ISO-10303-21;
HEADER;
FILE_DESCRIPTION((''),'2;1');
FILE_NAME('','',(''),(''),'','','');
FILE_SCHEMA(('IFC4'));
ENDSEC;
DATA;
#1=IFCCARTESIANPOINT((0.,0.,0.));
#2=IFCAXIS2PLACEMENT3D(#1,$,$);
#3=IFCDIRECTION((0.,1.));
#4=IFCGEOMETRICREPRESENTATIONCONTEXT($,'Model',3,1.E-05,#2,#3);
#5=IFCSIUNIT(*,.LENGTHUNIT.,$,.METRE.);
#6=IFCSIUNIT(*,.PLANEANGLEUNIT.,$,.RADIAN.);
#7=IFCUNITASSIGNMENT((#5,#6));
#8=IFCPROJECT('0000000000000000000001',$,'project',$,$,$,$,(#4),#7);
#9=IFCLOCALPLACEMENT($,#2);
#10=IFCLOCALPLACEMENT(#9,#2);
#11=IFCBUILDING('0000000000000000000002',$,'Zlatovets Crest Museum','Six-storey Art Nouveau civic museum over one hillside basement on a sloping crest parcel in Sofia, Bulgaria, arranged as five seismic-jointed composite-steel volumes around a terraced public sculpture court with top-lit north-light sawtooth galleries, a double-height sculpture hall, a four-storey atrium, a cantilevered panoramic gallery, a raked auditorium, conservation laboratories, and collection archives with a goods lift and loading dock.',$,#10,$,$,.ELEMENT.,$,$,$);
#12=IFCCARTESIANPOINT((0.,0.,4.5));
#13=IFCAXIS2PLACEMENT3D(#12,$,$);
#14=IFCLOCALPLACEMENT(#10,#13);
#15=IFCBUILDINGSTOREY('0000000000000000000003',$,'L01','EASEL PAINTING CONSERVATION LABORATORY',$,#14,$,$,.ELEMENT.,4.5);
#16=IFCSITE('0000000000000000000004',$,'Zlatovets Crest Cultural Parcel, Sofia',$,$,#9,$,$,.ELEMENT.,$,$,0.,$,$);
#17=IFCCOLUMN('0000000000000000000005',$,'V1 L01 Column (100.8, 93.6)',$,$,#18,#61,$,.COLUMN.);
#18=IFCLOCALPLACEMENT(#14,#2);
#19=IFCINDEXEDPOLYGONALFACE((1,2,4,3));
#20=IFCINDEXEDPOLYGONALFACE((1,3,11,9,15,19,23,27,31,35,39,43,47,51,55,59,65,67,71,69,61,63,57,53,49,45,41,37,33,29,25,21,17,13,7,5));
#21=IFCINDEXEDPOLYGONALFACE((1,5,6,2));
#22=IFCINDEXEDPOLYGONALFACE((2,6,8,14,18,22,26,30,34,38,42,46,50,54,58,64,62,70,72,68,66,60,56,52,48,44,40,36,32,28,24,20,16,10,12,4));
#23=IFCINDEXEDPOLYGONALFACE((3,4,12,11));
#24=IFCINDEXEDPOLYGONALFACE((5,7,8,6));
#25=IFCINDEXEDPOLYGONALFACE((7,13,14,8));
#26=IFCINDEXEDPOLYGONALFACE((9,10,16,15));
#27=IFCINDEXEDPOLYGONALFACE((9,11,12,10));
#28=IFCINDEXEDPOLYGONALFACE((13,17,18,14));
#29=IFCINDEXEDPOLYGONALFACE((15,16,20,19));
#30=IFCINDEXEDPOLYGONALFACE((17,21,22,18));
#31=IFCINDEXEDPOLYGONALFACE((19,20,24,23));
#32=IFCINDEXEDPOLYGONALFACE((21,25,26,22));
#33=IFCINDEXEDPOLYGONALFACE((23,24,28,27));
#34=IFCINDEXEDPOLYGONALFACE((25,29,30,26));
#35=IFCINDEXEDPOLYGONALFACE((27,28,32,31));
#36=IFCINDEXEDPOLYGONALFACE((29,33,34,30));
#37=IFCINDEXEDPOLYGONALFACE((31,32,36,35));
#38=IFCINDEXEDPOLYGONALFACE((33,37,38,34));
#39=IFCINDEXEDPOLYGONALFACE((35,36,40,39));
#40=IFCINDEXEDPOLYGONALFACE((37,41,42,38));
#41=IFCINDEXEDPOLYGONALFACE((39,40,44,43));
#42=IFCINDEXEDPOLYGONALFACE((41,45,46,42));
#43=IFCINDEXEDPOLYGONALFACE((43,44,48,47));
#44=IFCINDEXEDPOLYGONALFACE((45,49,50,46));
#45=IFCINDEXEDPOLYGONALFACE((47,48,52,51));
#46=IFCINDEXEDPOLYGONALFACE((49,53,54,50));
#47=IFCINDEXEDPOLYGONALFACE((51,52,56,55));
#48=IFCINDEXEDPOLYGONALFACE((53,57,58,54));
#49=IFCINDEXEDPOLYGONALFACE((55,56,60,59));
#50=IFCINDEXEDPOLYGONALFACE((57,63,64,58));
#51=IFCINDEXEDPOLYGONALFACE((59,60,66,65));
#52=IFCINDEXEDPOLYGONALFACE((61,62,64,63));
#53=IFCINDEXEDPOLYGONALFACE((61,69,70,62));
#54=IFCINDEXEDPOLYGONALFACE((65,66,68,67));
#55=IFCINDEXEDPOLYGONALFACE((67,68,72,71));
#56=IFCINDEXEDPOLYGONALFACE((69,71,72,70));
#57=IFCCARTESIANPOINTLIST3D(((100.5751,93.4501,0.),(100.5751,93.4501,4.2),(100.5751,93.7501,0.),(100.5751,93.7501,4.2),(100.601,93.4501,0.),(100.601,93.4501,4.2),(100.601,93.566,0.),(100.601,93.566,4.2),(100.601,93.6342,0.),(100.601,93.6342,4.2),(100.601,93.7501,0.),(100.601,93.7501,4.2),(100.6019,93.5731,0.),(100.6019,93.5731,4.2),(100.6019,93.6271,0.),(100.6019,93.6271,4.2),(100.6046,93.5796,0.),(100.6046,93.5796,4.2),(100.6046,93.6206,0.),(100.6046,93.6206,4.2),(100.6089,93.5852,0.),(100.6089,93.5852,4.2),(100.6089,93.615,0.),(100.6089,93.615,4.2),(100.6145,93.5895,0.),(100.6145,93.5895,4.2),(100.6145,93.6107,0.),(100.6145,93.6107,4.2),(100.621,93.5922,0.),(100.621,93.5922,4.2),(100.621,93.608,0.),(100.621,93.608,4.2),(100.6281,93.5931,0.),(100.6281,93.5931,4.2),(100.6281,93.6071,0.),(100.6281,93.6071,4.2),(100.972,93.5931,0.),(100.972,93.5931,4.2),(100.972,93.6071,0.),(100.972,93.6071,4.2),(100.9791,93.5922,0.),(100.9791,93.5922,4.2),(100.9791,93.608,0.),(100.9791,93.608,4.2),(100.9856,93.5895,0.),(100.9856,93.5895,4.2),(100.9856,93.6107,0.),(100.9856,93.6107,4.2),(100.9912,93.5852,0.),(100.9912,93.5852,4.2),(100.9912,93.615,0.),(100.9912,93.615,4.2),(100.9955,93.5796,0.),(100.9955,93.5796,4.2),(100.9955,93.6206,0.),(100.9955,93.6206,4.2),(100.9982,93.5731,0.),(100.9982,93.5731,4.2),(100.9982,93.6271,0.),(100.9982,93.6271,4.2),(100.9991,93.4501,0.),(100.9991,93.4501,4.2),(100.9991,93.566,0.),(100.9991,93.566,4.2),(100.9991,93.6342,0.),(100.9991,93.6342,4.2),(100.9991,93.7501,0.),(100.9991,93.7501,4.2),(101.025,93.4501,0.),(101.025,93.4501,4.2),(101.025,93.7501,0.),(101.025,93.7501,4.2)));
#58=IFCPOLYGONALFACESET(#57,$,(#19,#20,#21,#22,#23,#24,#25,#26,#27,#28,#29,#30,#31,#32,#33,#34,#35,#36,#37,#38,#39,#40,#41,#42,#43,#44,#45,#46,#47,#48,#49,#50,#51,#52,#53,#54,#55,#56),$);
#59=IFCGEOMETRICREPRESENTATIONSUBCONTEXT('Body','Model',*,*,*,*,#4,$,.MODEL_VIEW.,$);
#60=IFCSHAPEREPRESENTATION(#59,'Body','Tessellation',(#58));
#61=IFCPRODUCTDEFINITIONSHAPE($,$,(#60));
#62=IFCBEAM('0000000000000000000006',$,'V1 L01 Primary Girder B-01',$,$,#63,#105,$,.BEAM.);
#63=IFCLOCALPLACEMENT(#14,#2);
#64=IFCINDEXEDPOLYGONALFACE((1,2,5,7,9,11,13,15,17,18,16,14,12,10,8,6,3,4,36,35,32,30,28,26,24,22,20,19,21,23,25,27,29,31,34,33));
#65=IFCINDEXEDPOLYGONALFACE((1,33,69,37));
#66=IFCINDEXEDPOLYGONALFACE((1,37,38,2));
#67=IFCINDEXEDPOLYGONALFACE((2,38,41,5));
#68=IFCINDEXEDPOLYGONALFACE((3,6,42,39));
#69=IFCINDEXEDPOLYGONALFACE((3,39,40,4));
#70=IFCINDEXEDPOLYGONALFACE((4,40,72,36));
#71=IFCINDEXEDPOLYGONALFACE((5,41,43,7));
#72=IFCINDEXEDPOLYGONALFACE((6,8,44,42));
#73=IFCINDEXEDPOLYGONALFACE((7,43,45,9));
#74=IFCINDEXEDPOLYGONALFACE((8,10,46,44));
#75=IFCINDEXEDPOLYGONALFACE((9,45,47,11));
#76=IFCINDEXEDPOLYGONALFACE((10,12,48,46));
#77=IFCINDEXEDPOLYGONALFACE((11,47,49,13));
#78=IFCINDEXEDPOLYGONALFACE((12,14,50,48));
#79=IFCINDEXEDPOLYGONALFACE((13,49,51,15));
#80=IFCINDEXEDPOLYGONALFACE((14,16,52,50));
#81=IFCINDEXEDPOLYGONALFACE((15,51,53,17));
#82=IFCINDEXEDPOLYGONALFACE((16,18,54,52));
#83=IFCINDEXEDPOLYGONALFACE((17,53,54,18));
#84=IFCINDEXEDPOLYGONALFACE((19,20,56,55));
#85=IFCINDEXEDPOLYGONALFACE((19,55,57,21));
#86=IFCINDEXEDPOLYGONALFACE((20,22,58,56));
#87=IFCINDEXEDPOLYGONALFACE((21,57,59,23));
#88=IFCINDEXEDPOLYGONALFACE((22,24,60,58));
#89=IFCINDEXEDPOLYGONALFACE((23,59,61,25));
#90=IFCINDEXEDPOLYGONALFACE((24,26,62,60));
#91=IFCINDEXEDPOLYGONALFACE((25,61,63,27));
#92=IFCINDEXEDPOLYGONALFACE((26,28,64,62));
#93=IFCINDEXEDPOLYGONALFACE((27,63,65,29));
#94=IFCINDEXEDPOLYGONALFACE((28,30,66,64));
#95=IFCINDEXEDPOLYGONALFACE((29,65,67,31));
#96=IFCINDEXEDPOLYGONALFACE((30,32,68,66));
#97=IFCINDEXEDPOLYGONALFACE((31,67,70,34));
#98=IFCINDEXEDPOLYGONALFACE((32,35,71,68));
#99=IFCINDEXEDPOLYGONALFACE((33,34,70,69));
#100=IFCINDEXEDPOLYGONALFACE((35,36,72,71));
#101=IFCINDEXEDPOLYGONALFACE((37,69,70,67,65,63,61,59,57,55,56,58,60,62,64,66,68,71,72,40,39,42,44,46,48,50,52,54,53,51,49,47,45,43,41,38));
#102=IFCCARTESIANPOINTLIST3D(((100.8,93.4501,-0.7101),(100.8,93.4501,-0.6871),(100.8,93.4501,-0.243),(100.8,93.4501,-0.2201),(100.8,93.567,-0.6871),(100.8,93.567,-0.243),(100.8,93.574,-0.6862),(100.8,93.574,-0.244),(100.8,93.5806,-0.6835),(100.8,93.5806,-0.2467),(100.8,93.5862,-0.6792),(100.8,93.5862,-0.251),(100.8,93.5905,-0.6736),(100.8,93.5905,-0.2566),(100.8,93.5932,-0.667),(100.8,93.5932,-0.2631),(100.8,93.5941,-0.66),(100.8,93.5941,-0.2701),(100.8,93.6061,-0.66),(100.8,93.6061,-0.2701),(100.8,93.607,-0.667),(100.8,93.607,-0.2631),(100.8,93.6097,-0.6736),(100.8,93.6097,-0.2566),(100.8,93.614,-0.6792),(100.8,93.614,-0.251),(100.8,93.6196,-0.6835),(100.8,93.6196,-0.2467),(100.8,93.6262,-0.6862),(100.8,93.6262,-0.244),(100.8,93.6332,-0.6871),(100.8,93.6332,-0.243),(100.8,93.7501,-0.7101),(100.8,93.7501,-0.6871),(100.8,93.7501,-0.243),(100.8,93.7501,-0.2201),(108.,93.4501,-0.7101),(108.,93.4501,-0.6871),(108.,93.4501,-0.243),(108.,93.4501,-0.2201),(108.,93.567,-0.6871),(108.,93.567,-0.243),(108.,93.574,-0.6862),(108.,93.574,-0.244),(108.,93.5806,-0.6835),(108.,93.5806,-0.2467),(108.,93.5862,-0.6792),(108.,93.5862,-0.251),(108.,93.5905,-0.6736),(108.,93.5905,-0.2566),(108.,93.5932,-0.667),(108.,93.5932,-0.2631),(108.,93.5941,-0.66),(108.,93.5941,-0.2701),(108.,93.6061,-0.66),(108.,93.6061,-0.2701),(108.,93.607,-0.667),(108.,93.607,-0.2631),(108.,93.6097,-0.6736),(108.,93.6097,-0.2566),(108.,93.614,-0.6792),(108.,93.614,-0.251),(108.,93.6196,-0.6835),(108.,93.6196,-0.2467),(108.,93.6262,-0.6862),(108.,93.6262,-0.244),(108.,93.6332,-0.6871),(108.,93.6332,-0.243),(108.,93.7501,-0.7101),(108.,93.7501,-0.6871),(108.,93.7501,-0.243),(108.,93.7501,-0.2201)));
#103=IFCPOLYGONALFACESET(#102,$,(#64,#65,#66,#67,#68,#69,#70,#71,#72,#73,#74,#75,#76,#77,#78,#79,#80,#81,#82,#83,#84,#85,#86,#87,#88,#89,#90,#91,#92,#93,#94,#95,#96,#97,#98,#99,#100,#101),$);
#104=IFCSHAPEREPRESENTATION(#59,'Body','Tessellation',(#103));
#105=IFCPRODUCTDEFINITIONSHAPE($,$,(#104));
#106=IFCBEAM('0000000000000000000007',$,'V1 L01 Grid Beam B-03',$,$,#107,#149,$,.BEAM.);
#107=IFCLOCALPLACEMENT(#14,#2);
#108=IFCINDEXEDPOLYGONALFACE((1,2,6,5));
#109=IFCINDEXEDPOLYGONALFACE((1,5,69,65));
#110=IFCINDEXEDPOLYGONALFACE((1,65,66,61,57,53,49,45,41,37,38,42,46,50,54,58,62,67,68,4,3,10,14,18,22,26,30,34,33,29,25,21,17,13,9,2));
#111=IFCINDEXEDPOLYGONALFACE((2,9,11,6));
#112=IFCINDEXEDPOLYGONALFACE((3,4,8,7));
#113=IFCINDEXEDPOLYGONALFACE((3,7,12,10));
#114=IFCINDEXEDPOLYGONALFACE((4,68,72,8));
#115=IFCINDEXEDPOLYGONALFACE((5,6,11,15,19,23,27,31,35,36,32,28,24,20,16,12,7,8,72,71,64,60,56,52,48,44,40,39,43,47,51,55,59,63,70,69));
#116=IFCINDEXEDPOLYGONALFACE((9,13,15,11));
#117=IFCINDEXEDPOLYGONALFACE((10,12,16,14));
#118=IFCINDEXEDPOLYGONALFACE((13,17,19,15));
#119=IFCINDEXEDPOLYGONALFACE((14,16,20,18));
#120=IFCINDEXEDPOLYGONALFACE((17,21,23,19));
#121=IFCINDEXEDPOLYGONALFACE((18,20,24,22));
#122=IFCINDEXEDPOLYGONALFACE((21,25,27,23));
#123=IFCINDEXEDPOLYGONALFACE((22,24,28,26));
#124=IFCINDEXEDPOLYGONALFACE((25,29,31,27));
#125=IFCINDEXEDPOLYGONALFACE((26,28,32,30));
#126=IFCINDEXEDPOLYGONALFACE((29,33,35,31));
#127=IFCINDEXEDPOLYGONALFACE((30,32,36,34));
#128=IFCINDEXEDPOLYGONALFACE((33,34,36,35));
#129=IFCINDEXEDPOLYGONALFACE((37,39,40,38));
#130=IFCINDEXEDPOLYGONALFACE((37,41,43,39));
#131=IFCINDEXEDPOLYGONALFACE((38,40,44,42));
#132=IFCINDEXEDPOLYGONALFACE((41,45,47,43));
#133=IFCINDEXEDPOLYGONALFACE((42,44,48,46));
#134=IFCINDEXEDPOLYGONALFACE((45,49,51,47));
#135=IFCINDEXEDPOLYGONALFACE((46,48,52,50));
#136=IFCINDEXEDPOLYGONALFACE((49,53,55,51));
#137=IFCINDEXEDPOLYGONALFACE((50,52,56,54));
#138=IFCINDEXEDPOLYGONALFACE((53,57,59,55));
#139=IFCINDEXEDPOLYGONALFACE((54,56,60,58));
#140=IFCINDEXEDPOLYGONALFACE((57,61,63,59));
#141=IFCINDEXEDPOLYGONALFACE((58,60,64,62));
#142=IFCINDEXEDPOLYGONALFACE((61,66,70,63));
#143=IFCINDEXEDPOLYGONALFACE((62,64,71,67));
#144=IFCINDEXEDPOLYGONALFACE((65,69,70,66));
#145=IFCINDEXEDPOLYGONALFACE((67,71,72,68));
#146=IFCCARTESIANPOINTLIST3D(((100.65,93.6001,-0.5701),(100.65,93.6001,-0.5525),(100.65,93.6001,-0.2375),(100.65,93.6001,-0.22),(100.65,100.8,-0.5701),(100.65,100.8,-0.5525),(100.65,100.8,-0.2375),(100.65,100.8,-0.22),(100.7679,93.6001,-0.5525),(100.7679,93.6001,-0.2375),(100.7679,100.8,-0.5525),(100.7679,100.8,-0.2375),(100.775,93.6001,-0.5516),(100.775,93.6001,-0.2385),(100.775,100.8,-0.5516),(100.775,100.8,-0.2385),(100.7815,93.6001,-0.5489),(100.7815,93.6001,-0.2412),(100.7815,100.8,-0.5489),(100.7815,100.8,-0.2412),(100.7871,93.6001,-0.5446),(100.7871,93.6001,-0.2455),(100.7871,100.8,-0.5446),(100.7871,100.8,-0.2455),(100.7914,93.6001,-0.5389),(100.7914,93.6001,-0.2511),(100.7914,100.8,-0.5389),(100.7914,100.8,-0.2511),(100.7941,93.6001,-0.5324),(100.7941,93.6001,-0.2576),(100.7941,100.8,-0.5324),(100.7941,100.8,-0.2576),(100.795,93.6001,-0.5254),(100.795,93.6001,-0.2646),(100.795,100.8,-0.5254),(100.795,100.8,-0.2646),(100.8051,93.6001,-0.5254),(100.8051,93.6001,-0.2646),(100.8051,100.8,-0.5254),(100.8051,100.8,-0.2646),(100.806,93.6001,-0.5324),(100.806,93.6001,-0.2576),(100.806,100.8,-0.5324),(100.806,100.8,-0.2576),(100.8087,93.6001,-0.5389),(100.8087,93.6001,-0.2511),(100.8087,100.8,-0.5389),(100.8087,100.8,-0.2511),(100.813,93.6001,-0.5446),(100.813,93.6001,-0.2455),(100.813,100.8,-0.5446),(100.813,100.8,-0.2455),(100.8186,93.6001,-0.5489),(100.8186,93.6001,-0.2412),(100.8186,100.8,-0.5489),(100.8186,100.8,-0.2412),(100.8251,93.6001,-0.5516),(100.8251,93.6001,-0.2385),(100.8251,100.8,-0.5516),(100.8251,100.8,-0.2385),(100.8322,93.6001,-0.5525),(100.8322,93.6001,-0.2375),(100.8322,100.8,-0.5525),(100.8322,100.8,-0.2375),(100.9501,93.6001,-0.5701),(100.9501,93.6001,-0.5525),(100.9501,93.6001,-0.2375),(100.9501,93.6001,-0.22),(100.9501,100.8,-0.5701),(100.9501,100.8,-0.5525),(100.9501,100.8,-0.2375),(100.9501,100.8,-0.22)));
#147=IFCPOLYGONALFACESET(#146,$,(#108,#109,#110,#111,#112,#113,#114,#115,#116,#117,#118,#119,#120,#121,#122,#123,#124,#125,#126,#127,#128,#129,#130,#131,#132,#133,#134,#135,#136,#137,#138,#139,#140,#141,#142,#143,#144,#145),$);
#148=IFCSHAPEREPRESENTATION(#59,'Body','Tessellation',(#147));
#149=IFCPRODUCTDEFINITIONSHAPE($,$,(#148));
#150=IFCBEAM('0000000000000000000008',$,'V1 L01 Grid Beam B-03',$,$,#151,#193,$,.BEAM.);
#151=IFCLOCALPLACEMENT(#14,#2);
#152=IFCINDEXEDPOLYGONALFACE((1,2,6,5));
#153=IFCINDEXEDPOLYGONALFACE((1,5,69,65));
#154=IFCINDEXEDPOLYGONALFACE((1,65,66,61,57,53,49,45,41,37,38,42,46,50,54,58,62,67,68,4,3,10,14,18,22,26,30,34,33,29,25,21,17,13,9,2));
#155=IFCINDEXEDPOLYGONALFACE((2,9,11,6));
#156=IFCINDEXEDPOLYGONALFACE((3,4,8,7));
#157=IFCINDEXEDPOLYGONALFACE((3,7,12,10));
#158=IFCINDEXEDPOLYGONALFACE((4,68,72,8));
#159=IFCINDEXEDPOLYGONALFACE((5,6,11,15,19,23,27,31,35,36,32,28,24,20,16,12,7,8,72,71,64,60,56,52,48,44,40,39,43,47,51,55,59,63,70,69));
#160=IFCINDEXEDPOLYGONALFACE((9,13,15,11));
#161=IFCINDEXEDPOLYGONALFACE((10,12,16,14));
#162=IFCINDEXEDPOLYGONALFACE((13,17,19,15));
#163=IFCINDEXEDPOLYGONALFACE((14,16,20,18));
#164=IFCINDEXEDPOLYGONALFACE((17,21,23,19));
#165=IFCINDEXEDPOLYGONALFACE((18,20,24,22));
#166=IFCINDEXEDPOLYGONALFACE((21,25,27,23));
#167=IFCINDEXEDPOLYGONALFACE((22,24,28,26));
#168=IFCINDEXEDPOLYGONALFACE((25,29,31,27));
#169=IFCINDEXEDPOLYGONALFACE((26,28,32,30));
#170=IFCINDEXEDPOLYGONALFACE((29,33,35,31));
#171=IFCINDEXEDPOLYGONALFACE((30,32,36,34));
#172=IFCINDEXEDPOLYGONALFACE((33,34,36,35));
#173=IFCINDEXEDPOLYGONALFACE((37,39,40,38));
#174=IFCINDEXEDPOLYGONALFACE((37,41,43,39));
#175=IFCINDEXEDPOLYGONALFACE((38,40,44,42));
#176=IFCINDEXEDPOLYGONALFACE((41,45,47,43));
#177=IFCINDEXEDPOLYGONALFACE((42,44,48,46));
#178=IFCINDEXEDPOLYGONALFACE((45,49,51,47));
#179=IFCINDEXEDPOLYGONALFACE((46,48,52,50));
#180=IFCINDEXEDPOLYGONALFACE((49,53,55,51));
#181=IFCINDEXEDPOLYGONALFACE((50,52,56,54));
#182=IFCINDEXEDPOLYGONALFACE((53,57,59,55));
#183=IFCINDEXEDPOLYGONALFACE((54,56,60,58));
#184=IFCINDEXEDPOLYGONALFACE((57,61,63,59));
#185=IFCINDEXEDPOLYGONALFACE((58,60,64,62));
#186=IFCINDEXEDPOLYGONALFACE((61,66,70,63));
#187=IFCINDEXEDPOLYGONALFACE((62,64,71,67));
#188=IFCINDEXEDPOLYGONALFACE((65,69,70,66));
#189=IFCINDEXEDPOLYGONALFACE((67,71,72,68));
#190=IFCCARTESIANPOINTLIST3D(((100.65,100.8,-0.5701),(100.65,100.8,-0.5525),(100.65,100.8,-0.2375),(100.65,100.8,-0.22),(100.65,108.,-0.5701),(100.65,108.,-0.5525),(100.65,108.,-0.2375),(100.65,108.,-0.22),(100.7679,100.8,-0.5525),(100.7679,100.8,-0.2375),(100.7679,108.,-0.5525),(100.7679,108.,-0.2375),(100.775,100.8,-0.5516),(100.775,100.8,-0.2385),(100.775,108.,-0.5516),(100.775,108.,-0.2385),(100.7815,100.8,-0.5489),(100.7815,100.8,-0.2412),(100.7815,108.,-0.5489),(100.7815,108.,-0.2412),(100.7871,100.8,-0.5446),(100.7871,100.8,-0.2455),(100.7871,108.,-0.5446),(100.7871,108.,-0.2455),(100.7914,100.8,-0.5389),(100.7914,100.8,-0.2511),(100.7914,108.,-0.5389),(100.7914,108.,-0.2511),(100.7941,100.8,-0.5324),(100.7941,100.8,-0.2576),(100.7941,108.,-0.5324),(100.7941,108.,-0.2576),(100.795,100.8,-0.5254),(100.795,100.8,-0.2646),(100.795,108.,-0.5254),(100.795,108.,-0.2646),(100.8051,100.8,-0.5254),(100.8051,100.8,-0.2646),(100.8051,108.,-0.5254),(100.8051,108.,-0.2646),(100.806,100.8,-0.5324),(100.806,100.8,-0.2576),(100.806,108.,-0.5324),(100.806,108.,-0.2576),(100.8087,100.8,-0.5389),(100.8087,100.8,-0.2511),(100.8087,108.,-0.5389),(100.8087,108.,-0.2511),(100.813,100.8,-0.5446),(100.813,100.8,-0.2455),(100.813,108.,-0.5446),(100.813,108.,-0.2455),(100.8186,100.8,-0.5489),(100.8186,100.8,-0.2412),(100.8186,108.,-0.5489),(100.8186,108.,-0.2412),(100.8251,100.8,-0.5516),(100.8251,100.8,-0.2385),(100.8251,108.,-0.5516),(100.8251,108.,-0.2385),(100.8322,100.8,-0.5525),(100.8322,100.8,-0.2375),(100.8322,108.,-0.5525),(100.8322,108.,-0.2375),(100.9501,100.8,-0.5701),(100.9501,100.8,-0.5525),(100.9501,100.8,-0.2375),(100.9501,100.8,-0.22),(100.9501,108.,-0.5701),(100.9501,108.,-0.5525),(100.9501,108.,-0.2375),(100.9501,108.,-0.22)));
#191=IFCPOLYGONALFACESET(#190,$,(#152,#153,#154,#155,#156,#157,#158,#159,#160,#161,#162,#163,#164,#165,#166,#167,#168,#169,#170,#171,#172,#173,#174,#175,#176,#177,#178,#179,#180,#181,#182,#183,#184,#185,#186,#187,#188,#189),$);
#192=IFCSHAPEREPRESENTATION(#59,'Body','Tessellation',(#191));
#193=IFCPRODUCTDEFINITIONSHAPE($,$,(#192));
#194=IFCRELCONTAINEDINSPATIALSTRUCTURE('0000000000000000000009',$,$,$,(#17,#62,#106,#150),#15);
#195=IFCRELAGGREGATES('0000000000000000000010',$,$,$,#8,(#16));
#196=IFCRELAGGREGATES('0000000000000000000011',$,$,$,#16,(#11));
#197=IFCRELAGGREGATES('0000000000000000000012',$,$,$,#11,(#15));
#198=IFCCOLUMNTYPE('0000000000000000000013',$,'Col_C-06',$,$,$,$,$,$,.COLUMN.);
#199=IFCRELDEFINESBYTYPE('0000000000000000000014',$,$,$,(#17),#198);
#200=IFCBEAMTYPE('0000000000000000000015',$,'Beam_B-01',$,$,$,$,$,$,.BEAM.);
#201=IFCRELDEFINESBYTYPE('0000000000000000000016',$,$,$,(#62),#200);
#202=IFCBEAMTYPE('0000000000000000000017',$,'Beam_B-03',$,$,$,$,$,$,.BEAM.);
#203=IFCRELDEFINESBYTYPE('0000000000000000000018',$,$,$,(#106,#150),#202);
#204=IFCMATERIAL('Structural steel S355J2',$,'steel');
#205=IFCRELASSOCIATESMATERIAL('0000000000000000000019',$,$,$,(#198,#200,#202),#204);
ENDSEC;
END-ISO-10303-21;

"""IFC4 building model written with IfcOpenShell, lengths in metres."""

from ifc_helpers import new_model, si_unit, direction, frame, origin, origin_2d, place, context, subcontext, project, spatial, i_section, extrude, material, material_profile, profile_set, type_object, element, save


model = new_model("IFC4")

# Units and contexts
model_context = context("Model", 3, precision=1e-05, world=origin(), true_north=direction((0.0, 1.0)))
body_context = subcontext(model_context, "Body", "Model", "MODEL_VIEW")
ifc_project = project(units=[si_unit("LENGTHUNIT", "METRE"), si_unit("PLANEANGLEUNIT", "RADIAN")], contexts=[model_context])

# Site, building, storey
site_placement = place(None, origin())
site = spatial("IfcSite", under=ifc_project, at=site_placement, Name="Zlatovets Crest Cultural Parcel, Sofia", CompositionType="ELEMENT", RefElevation=0.0)
building_placement = place(site_placement, origin())
building = spatial("IfcBuilding", under=site, at=building_placement, Name="Zlatovets Crest Museum", Description="Six-storey Art Nouveau civic museum over one hillside basement on a sloping crest parcel in Sofia, Bulgaria, arranged as five seismic-jointed composite-steel volumes around a terraced public sculpture court with top-lit north-light sawtooth galleries, a double-height sculpture hall, a four-storey atrium, a cantilevered panoramic gallery, a raked auditorium, conservation laboratories, and collection archives with a goods lift and loading dock.", CompositionType="ELEMENT")
storey_placement = place(building_placement, frame((0.0, 0.0, 4.5)))
storey = spatial("IfcBuildingStorey", under=building, at=storey_placement, Name="L01", Description="EASEL PAINTING CONSERVATION LABORATORY", CompositionType="ELEMENT", Elevation=4.5)

# Column
ifc_material_1 = material(Name="Structural steel S355J2", Category="steel")
ifc_material_profile_1 = material_profile(ifc_material_1, i_section(OverallWidth=0.3, OverallDepth=0.45, WebThickness=0.0139, FlangeThickness=0.0259, FilletRadius=0.0271, at=origin_2d()), Name="HEB 450")
ifc_profile_set_1 = profile_set([ifc_material_profile_1], Name="Structural steel S355J2")
column_type = type_object("IfcColumnType", Name="Col_C-06", PredefinedType="COLUMN", material=ifc_profile_set_1)
column_placement = place(storey_placement, frame((100.8, 93.6001, 0.0), z_axis=(0.0, 0.0, 1.0), x_axis=(0.0, 1.0, 0.0)))
element("IfcColumn", 1, at=column_placement, inside=storey, type_object=column_type, Name="V1 L01 Column (100.8, 93.6)", PredefinedType="COLUMN", context=body_context, shape_type="SweptSolid", body=[
    extrude(i_section(OverallWidth=0.3, OverallDepth=0.45, WebThickness=0.0139, FlangeThickness=0.0259, FilletRadius=0.0271, at=origin_2d()), origin(), (0.0, 0.0, 1.0), 4.2),
])

# Beams
ifc_material_profile_2 = material_profile(ifc_material_1, i_section(OverallWidth=0.3, OverallDepth=0.49, WebThickness=0.012, FlangeThickness=0.0229, FilletRadius=0.0271, at=origin_2d()), Name="HEA 500")
ifc_profile_set_2 = profile_set([ifc_material_profile_2], Name="Structural steel S355J2")
beam_type_1 = type_object("IfcBeamType", Name="Beam_B-01", PredefinedType="BEAM", material=ifc_profile_set_2)
beam_1_placement = place(storey_placement, frame((100.8, 93.6001, -0.4651), z_axis=(1.0, 0.0, 0.0), x_axis=(0.0, 1.0, 0.0)))
element("IfcBeam", 2, at=beam_1_placement, inside=storey, type_object=beam_type_1, Name="V1 L01 Primary Girder B-01", PredefinedType="BEAM", context=body_context, shape_type="SweptSolid", body=[
    extrude(i_section(OverallWidth=0.3, OverallDepth=0.49, WebThickness=0.012, FlangeThickness=0.0229, FilletRadius=0.0271, at=origin_2d()), origin(), (0.0, 0.0, 1.0), 7.2),
])
ifc_material_profile_3 = material_profile(ifc_material_1, i_section(OverallWidth=0.3, OverallDepth=0.3501, WebThickness=0.01, FlangeThickness=0.0176, FilletRadius=0.0271, at=origin_2d()), Name="HEA 360")
ifc_profile_set_3 = profile_set([ifc_material_profile_3], Name="Structural steel S355J2")
beam_type_2 = type_object("IfcBeamType", Name="Beam_B-03", PredefinedType="BEAM", material=ifc_profile_set_3)
for number, where, z_axis, x_axis, name in (
    (3, (100.8, 93.6001, -0.395), (0.0, 1.0, 0.0), (-1.0, 0.0, 0.0), "V1 L01 Grid Beam B-03"),
    (4, (100.8, 100.8, -0.395), (0.0, 1.0, 0.0), (-1.0, 0.0, 0.0), "V1 L01 Grid Beam B-03"),
):
    element("IfcBeam", number, at=place(storey_placement, frame(where, z_axis=z_axis, x_axis=x_axis)), inside=storey, type_object=beam_type_2, Name=name, PredefinedType="BEAM", context=body_context, shape_type="SweptSolid", body=[
        extrude(i_section(OverallWidth=0.3, OverallDepth=0.3501, WebThickness=0.01, FlangeThickness=0.0176, FilletRadius=0.0271, at=origin_2d()), origin(), (0.0, 0.0, 1.0), 7.2),
    ])

save(model, "model.ifc")
